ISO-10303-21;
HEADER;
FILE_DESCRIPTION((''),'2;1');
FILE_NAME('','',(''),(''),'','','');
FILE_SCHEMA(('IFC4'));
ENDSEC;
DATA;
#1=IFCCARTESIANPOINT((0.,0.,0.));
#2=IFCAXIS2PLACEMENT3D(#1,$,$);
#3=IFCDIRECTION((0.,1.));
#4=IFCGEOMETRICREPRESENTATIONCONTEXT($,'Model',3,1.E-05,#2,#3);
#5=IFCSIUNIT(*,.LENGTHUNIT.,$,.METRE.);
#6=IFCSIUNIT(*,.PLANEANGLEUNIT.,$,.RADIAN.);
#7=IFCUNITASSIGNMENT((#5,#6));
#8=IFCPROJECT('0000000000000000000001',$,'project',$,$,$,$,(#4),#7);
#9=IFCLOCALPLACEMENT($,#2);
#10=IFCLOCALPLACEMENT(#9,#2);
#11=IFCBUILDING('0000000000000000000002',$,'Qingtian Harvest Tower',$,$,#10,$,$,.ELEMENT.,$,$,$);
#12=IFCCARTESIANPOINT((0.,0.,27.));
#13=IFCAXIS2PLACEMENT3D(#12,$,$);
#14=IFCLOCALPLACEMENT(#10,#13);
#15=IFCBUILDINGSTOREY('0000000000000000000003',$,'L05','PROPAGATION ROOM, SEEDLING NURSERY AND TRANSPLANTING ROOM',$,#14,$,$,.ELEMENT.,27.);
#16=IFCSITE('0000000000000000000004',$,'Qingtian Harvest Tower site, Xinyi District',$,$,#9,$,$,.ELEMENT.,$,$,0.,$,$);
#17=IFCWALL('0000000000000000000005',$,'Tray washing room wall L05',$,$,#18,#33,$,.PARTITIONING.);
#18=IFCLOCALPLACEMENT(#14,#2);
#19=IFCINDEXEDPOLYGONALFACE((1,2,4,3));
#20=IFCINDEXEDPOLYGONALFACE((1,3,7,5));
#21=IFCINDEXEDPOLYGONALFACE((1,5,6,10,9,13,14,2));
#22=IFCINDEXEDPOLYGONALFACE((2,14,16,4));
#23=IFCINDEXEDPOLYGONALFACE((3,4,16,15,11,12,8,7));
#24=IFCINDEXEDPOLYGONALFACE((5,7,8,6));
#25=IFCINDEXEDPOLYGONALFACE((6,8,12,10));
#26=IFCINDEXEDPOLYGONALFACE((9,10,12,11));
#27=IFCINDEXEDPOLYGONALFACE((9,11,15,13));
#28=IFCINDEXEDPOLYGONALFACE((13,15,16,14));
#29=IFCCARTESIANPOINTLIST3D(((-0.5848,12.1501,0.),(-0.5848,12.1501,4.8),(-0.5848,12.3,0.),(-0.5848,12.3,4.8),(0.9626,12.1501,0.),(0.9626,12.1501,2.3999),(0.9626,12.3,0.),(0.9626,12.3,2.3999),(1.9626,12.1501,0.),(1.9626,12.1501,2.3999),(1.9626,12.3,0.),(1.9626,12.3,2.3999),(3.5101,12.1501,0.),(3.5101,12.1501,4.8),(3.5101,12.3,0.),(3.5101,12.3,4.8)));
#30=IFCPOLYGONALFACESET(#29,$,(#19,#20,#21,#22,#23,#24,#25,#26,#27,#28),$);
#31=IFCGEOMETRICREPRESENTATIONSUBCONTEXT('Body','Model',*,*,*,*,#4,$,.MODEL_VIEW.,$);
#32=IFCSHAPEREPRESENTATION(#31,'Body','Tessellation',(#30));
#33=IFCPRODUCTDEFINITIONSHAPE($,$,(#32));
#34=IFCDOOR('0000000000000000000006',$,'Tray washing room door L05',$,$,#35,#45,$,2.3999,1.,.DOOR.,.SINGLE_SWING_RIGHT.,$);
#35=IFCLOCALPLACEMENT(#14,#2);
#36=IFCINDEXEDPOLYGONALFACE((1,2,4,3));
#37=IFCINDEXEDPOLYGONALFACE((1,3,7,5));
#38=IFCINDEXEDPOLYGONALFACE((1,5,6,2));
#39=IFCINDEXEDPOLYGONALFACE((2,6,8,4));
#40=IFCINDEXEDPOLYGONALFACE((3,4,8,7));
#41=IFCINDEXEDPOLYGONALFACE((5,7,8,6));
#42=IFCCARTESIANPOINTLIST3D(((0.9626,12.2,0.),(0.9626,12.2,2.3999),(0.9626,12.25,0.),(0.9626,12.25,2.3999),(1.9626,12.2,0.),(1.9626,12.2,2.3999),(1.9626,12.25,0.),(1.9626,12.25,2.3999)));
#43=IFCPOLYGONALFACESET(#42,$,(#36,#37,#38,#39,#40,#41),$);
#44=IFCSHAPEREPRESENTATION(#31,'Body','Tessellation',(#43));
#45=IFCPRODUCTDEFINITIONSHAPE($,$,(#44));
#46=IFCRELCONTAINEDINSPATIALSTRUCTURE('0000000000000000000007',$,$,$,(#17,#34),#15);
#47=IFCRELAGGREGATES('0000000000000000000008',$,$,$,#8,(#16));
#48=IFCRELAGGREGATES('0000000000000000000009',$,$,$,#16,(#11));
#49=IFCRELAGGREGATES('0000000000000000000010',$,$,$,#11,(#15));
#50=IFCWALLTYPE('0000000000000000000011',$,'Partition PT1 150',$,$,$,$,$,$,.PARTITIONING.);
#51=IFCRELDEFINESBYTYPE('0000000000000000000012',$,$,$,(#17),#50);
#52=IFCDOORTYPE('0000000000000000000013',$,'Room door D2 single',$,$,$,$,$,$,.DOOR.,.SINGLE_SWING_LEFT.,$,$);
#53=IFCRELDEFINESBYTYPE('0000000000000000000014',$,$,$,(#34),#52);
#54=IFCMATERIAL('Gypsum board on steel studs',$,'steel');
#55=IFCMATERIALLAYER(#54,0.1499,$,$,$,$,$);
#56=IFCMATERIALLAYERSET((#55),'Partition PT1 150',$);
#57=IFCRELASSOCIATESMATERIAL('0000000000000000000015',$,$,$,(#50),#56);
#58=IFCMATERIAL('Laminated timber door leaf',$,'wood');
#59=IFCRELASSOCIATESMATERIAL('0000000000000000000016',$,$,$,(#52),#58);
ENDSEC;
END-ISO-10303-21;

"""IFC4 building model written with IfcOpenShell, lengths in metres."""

from ifc_helpers import new_model, si_unit, direction, frame, frame_2d, origin, place, context, subcontext, project, spatial, rectangle, extrude, material, layer, layer_set, type_object, element, fill, save


model = new_model("IFC4")

# Units and contexts
model_context = context("Model", 3, precision=1e-05, world=origin(), true_north=direction((0.0, 1.0)))
body_context = subcontext(model_context, "Body", "Model", "MODEL_VIEW")
ifc_project = project(units=[si_unit("LENGTHUNIT", "METRE"), si_unit("PLANEANGLEUNIT", "RADIAN")], contexts=[model_context])

# Site, building, storey
site_placement = place(None, origin())
site = spatial("IfcSite", under=ifc_project, at=site_placement, Name="Qingtian Harvest Tower site, Xinyi District", CompositionType="ELEMENT", RefElevation=0.0)
building_placement = place(site_placement, origin())
building = spatial("IfcBuilding", under=site, at=building_placement, Name="Qingtian Harvest Tower", CompositionType="ELEMENT")
storey_placement = place(building_placement, frame((0.0, 0.0, 27.0)))
storey = spatial("IfcBuildingStorey", under=building, at=storey_placement, Name="L05", Description="PROPAGATION ROOM, SEEDLING NURSERY AND TRANSPLANTING ROOM", CompositionType="ELEMENT", Elevation=27.0)

# Shared definitions
ifc_material_1 = material(Name="Gypsum board on steel studs", Category="steel")
ifc_layer_1 = layer(ifc_material_1, 0.1499)
ifc_layer_set_1 = layer_set([ifc_layer_1], Name="Partition PT1 150")
wall_type = type_object("IfcWallType", Name="Partition PT1 150", PredefinedType="PARTITIONING", material=ifc_layer_set_1)
ifc_material_2 = material(Name="Laminated timber door leaf", Category="wood")
door_type = type_object("IfcDoorType", Name="Room door D2 single", OperationType="SINGLE_SWING_LEFT", PredefinedType="DOOR", material=ifc_material_2)

# Wall, opening, door
wall_1_placement = place(storey_placement, frame((-0.5847, 12.2251, 0.0), z_axis=(0.0, 0.0, 1.0), x_axis=(1.0, 0.0, 0.0)))
wall_1 = element("IfcWall", 1, at=wall_1_placement, inside=storey, type_object=wall_type, Name="Tray washing room wall L05", PredefinedType="PARTITIONING", context=body_context, shape_type="SweptSolid", body=[
    extrude(rectangle(XDim=4.095, YDim=0.1499, at=frame_2d((2.0474, 0.0))), origin(), (0.0, 0.0, 1.0), 4.8),
])
opening_1_placement = place(wall_1_placement, frame((1.5474, 0.0, 0.0)))
opening_1 = element("IfcOpeningElement", 2, at=opening_1_placement, cuts=wall_1, PredefinedType="OPENING", context=body_context, shape_type="SweptSolid", body=[
    extrude(rectangle(XDim=1.0, YDim=2.3999, at=frame_2d((0.5, 1.2))), frame((0.0, 0.085, 0.0), z_axis=(0.0, -1.0, 0.0), x_axis=(1.0, 0.0, 0.0)), (0.0, 0.0, 1.0), 0.1699),
])
door_1_placement = place(opening_1_placement, origin())
door_1 = element("IfcDoor", 3, at=door_1_placement, inside=storey, type_object=door_type, Name="Tray washing room door L05", OperationType="SINGLE_SWING_RIGHT", OverallHeight=2.3999, OverallWidth=1.0, PredefinedType="DOOR", context=body_context, shape_type="SweptSolid", body=[
    extrude(rectangle(XDim=1.0, YDim=2.3999, at=frame_2d((0.5, 1.2))), frame((0.0, 0.0249, 0.0), z_axis=(0.0, -1.0, 0.0), x_axis=(1.0, 0.0, 0.0)), (0.0, 0.0, 1.0), 0.05),
])
fill(opening_1, door_1)

save(model, "model.ifc")
